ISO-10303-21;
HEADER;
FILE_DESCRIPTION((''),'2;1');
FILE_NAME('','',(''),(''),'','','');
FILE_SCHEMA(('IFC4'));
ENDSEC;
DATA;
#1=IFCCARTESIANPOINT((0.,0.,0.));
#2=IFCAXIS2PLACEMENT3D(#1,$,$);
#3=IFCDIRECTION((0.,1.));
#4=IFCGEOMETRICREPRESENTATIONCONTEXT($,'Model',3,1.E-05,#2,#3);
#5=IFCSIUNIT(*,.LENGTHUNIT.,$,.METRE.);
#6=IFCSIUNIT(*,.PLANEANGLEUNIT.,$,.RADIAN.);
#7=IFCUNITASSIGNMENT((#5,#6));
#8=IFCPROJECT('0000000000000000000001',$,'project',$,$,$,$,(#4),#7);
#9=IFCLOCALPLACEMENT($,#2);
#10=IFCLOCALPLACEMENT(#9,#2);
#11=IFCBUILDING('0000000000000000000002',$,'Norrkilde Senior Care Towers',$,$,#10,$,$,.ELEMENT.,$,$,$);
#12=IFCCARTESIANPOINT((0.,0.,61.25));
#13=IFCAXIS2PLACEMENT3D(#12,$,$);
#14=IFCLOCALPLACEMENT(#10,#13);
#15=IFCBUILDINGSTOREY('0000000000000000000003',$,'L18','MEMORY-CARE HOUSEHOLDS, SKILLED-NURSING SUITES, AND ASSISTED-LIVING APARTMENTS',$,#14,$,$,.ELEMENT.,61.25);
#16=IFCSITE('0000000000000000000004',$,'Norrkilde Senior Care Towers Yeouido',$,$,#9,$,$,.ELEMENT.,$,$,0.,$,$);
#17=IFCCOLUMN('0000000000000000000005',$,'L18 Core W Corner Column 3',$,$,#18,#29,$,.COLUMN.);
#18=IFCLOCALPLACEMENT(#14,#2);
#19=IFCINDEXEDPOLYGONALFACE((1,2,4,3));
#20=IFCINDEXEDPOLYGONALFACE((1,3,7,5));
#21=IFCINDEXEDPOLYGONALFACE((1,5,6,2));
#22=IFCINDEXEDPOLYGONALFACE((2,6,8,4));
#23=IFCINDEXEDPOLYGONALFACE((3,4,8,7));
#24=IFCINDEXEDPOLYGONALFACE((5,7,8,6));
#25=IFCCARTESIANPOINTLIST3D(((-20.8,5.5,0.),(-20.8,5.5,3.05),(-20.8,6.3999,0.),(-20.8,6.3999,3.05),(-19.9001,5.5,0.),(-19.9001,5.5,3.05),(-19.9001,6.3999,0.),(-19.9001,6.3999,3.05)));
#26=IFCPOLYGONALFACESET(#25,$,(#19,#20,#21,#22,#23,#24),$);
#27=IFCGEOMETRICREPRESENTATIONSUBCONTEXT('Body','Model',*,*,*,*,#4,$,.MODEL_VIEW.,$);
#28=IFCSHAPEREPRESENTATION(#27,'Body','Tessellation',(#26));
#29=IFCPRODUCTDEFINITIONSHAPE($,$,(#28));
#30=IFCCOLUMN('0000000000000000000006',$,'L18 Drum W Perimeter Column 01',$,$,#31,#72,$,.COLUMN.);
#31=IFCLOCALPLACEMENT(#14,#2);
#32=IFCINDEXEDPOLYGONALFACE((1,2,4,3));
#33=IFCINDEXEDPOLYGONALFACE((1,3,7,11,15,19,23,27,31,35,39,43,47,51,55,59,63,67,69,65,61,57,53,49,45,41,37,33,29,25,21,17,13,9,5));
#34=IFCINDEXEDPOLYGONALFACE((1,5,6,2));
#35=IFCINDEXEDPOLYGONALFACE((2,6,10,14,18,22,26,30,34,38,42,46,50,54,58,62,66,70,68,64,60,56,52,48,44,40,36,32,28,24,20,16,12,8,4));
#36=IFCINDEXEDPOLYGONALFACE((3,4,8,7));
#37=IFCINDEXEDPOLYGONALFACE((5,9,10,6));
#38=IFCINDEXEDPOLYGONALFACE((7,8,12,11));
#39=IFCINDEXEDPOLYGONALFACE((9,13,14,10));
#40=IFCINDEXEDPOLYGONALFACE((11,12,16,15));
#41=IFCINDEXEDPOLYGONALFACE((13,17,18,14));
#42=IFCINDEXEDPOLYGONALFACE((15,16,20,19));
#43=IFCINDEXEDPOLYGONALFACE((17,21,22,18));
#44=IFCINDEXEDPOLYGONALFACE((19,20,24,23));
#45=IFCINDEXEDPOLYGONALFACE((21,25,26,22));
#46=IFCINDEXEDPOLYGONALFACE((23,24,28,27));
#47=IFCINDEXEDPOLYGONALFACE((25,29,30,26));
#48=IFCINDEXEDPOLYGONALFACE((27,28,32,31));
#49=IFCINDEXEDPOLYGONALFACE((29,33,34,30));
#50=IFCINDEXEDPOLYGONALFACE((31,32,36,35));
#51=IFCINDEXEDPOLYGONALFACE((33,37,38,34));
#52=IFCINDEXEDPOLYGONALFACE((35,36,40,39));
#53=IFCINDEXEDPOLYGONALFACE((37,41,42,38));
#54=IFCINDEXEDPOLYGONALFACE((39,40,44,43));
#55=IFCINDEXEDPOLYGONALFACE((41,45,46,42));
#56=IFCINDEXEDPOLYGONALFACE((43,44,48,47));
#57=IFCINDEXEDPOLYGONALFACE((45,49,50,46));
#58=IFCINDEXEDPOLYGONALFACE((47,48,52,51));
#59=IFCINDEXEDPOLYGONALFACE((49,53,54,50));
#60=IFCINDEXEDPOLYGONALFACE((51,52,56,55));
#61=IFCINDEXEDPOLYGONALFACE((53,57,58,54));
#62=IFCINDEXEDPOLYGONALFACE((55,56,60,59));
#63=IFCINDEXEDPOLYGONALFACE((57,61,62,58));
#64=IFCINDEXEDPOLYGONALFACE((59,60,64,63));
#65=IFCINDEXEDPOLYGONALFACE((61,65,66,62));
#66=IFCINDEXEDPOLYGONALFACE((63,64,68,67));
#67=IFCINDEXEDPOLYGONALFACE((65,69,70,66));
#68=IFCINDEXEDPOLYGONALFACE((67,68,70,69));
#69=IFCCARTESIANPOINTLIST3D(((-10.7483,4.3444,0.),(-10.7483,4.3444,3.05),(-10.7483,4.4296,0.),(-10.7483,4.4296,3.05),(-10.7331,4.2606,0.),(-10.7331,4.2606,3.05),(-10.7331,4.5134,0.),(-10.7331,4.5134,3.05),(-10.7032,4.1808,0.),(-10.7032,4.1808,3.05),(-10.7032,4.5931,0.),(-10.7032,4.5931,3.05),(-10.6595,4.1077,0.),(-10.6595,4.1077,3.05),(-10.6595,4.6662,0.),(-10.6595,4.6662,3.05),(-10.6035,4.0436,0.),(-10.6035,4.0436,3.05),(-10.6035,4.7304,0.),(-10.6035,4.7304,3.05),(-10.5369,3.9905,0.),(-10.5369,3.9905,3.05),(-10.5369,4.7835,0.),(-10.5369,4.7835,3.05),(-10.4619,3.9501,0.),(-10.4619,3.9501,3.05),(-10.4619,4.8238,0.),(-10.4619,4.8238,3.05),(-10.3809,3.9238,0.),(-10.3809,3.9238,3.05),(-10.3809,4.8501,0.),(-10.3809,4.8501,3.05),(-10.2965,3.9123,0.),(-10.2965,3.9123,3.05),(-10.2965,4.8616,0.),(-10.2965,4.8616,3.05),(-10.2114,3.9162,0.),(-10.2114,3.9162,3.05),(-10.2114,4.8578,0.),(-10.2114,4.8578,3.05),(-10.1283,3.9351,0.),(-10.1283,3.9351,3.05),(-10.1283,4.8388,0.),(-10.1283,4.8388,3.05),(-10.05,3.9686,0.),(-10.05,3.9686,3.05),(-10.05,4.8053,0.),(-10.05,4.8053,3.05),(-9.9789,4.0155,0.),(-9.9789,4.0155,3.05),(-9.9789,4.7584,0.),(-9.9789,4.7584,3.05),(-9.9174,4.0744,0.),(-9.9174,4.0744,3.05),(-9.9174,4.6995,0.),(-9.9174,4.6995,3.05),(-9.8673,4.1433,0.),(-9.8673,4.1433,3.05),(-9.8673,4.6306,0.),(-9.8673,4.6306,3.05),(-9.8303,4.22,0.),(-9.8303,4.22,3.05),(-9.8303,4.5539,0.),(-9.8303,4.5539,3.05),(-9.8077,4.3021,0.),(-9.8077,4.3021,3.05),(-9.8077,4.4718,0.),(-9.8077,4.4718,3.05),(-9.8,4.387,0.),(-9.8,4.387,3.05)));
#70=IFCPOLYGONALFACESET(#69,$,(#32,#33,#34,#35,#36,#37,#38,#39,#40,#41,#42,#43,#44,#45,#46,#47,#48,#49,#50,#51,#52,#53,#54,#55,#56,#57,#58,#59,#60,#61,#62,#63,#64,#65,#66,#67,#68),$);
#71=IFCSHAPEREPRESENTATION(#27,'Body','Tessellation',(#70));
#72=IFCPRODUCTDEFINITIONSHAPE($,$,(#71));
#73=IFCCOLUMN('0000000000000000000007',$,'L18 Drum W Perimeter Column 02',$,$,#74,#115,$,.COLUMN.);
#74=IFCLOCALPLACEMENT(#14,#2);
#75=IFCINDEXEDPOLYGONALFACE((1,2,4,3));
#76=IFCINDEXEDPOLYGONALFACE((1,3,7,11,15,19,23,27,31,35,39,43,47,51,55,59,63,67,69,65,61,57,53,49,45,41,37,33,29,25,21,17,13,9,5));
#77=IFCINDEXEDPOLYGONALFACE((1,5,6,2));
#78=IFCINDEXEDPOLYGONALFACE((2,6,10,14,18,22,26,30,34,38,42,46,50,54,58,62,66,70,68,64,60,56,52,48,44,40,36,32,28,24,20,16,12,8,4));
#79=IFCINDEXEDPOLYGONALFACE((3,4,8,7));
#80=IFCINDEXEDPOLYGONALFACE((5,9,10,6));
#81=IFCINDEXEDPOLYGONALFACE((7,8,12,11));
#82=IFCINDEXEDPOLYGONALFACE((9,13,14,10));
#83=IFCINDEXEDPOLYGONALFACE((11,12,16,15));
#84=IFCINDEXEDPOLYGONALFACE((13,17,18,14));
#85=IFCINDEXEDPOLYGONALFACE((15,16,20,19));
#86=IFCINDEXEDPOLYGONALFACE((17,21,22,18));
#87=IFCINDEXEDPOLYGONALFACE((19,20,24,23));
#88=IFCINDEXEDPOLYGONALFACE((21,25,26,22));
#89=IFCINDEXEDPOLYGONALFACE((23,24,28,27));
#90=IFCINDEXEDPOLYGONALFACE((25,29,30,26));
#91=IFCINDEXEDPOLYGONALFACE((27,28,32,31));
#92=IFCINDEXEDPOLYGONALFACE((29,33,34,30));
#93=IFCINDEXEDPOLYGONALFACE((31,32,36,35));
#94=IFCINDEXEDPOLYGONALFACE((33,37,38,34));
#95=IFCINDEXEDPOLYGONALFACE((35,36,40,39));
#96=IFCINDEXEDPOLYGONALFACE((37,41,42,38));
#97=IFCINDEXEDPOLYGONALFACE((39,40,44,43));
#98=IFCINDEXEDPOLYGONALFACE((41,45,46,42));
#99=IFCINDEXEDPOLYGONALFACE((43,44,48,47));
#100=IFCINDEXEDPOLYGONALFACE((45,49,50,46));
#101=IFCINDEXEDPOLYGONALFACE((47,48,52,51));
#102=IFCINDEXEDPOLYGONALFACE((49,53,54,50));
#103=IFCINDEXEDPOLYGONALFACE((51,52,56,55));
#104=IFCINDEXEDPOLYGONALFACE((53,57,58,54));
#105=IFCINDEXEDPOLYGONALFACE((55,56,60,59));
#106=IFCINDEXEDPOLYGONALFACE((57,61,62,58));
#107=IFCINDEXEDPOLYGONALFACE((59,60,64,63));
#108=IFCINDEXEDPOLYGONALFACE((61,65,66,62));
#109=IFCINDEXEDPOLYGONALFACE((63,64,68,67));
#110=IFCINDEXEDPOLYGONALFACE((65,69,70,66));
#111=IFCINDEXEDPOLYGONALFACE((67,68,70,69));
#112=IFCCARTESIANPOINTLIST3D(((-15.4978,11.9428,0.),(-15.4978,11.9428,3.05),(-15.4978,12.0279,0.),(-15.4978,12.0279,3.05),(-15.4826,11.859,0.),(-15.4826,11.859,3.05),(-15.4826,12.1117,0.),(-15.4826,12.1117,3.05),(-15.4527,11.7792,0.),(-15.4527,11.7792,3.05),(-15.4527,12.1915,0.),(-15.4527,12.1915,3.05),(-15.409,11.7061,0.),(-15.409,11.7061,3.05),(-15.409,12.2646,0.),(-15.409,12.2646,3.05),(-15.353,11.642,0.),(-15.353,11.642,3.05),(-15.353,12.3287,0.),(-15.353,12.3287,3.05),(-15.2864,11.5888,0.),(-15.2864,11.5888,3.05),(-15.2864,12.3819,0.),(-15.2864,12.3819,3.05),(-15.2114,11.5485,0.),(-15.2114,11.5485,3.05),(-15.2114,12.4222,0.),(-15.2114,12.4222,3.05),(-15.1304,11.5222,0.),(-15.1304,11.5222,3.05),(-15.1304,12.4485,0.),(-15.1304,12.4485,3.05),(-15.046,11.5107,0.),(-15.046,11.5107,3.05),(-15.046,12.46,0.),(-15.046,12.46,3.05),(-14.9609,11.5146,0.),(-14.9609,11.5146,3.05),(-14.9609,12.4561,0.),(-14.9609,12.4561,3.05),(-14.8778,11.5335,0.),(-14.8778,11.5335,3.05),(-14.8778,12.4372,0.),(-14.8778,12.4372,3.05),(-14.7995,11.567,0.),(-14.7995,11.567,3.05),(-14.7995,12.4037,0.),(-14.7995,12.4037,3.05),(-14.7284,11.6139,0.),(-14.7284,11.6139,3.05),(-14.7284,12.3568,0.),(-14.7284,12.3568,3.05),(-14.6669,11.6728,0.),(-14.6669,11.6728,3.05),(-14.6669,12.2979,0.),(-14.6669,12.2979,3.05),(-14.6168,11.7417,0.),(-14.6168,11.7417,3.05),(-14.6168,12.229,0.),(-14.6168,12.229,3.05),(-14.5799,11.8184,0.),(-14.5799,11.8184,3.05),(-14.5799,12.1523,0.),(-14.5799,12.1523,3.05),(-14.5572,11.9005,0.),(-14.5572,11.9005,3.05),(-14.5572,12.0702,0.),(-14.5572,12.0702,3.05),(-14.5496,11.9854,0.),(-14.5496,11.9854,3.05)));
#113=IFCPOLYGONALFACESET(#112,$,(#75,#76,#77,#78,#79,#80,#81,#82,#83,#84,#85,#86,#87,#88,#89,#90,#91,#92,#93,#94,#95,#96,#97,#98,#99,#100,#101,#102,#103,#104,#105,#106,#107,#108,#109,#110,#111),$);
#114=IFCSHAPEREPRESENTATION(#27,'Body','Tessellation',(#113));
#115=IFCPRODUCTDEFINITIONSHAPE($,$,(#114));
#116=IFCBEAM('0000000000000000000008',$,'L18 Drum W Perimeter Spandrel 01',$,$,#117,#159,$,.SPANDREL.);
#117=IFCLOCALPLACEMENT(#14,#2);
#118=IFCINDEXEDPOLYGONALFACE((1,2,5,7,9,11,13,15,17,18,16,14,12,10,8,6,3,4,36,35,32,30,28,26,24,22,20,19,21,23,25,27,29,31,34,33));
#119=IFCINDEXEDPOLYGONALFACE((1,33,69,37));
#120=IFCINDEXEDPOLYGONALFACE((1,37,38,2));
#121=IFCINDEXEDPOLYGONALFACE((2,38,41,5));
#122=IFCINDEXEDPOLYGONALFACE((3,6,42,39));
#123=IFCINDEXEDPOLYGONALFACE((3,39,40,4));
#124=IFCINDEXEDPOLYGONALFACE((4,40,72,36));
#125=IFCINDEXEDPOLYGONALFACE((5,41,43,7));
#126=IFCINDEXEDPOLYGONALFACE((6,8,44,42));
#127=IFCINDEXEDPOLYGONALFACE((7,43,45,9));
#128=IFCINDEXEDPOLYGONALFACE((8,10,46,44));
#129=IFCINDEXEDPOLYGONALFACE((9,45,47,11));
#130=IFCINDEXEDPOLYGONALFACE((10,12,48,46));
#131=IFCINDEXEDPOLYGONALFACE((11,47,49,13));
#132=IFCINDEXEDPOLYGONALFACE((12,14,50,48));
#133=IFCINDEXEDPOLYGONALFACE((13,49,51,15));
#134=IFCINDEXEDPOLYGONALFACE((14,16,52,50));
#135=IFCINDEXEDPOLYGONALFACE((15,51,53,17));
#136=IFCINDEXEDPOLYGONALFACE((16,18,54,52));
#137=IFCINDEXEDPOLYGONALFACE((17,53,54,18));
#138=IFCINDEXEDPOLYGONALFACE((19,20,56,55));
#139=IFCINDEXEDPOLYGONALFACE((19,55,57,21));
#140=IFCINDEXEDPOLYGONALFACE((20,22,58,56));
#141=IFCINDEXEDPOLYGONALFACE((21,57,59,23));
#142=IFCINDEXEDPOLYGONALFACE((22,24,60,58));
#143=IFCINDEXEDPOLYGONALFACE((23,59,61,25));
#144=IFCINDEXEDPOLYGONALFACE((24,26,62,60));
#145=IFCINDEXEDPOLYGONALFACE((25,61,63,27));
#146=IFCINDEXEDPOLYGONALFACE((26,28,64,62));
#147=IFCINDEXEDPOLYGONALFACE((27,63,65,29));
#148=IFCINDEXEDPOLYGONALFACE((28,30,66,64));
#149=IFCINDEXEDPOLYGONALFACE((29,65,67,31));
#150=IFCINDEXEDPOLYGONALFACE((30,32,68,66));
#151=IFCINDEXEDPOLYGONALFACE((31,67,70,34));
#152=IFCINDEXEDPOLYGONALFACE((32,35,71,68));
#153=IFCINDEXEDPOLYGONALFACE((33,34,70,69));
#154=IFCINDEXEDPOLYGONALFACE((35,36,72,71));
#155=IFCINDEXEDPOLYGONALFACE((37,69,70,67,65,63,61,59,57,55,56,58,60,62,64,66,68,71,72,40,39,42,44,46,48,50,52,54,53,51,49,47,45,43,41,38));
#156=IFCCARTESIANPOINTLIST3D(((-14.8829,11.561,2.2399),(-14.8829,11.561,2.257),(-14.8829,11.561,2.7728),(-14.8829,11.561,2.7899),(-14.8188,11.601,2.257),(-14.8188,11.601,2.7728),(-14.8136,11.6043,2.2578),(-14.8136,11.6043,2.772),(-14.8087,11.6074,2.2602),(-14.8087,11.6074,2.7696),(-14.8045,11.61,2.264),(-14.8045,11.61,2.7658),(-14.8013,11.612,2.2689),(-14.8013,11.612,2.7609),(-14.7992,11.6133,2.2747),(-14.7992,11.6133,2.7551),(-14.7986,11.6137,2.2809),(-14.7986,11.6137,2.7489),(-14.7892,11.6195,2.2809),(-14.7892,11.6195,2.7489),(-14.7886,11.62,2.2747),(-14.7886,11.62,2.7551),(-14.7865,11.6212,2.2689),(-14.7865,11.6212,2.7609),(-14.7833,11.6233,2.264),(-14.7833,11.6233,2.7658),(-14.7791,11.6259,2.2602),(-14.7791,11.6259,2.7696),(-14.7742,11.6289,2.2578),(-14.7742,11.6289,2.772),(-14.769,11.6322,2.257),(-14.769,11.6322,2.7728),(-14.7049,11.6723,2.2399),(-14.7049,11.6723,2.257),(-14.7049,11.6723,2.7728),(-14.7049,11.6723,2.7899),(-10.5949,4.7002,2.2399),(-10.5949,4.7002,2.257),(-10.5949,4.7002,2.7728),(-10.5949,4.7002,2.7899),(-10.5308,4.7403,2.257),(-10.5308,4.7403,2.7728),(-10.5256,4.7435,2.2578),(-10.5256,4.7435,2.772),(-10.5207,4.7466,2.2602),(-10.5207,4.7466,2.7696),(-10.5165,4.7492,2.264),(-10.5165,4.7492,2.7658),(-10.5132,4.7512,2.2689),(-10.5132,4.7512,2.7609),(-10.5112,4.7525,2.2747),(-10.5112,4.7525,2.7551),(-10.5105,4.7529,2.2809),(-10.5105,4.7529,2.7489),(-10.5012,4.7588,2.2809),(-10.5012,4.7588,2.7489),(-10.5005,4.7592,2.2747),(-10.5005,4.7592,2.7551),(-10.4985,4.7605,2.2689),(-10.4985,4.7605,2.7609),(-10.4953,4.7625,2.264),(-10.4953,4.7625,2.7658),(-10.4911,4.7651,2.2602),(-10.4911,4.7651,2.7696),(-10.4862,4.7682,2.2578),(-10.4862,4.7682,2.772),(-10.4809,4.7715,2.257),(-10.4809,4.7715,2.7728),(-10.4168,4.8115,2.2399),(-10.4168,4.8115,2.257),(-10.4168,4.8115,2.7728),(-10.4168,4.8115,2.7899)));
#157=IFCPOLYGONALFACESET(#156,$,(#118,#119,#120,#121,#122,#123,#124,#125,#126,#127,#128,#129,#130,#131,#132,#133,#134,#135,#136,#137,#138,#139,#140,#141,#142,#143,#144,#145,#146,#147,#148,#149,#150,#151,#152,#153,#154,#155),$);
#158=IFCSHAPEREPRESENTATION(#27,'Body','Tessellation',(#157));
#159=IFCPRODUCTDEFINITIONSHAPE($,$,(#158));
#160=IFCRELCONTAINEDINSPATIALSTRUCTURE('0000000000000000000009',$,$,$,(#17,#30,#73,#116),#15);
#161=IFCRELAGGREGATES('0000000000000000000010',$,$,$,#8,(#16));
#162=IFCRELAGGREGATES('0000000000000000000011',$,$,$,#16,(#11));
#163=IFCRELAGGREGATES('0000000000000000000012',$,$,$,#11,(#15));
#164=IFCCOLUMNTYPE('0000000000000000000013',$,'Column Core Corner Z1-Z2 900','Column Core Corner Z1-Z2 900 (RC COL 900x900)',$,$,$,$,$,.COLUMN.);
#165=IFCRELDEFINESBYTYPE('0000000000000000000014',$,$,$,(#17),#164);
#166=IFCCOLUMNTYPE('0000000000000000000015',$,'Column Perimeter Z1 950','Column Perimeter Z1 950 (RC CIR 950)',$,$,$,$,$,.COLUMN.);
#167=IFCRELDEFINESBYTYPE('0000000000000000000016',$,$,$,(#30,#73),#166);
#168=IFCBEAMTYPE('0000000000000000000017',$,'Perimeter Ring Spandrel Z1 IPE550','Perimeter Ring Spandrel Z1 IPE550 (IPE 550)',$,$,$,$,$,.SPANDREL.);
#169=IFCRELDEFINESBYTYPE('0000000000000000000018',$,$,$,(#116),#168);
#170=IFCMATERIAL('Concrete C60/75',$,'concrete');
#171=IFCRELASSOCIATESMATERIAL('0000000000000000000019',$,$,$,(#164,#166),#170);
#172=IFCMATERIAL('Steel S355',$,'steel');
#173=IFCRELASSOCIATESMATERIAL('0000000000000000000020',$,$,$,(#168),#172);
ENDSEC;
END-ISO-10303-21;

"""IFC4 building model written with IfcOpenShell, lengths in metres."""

from ifc_helpers import new_model, si_unit, direction, frame, origin, origin_2d, place, context, subcontext, project, spatial, rectangle, circle, i_section, extrude, source, transform, mapped, material, material_profile, profile_set, type_object, type_shapes, element, save


model = new_model("IFC4")

# Units and contexts
model_context = context("Model", 3, precision=1e-05, world=origin(), true_north=direction((0.0, 1.0)))
body_context = subcontext(model_context, "Body", "Model", "MODEL_VIEW")
ifc_project = project(units=[si_unit("LENGTHUNIT", "METRE"), si_unit("PLANEANGLEUNIT", "RADIAN")], contexts=[model_context])

# Site, building, storey
site_placement = place(None, origin())
site = spatial("IfcSite", under=ifc_project, at=site_placement, Name="Norrkilde Senior Care Towers Yeouido", CompositionType="ELEMENT", RefElevation=0.0)
building_placement = place(site_placement, origin())
building = spatial("IfcBuilding", under=site, at=building_placement, Name="Norrkilde Senior Care Towers", CompositionType="ELEMENT")
storey_placement = place(building_placement, frame((0.0, 0.0, 61.25)))
storey = spatial("IfcBuildingStorey", under=building, at=storey_placement, Name="L18", Description="MEMORY-CARE HOUSEHOLDS, SKILLED-NURSING SUITES, AND ASSISTED-LIVING APARTMENTS", CompositionType="ELEMENT", Elevation=61.25)

# Columns
ifc_material_1 = material(Name="Concrete C60/75", Category="concrete")
ifc_material_profile_1 = material_profile(ifc_material_1, rectangle(XDim=0.8999, YDim=0.8999, at=origin_2d()), Name="RC COL 900x900")
ifc_profile_set_1 = profile_set([ifc_material_profile_1], Name="Concrete C60/75")
column_type_1 = type_object("IfcColumnType", Name="Column Core Corner Z1-Z2 900", Description="Column Core Corner Z1-Z2 900 (RC COL 900x900)", PredefinedType="COLUMN", material=ifc_profile_set_1)
shared_shape_1 = source(origin(), body_context, "Body", "SweptSolid", [
    extrude(rectangle(XDim=0.8999, YDim=0.8999, at=origin_2d()), origin(), (0.0, 0.0, 1.0), 3.05),
])
type_shapes(column_type_1, [shared_shape_1])
column_placement = place(storey_placement, frame((-20.3501, 5.95, 0.0), z_axis=(0.0, 0.0, 1.0), x_axis=(1.0, 0.0, 0.0)))
element("IfcColumn", 1, at=column_placement, inside=storey, type_object=column_type_1, Name="L18 Core W Corner Column 3", PredefinedType="COLUMN", context=body_context, shape_type="MappedRepresentation", body=[
    mapped(shared_shape_1, transform((0.0, 0.0, 0.0), x_axis=(1.0, 0.0, 0.0), y_axis=(0.0, 1.0, 0.0), z_axis=(0.0, 0.0, 1.0), scale=1.0)),
])
ifc_material_profile_2 = material_profile(ifc_material_1, circle(Radius=0.4751, at=origin_2d()), Name="RC CIR 950")
ifc_profile_set_2 = profile_set([ifc_material_profile_2], Name="Concrete C60/75")
column_type_2 = type_object("IfcColumnType", Name="Column Perimeter Z1 950", Description="Column Perimeter Z1 950 (RC CIR 950)", PredefinedType="COLUMN", material=ifc_profile_set_2)
shared_shape_2 = source(origin(), body_context, "Body", "SweptSolid", [
    extrude(circle(Radius=0.4751, at=origin_2d()), origin(), (0.0, 0.0, 1.0), 3.05),
])
type_shapes(column_type_2, [shared_shape_2])
for number, where, z_axis, x_axis, name in (
    (2, (-10.2751, 4.387, 0.0), (0.0, 0.0, 1.0), (1.0, 0.0, 0.0), "L18 Drum W Perimeter Column 01"),
    (3, (-15.0247, 11.9854, 0.0), (0.0, 0.0, 1.0), (1.0, 0.0, 0.0), "L18 Drum W Perimeter Column 02"),
):
    element("IfcColumn", number, at=place(storey_placement, frame(where, z_axis=z_axis, x_axis=x_axis)), inside=storey, type_object=column_type_2, Name=name, PredefinedType="COLUMN", context=body_context, shape_type="MappedRepresentation", body=[
        mapped(shared_shape_2, transform((0.0, 0.0, 0.0), x_axis=(1.0, 0.0, 0.0), y_axis=(0.0, 1.0, 0.0), z_axis=(0.0, 0.0, 1.0), scale=1.0)),
    ])

# Beam
ifc_material_2 = material(Name="Steel S355", Category="steel")
ifc_material_profile_3 = material_profile(ifc_material_2, i_section(OverallWidth=0.21, OverallDepth=0.55, WebThickness=0.011, FlangeThickness=0.0171, FilletRadius=0.0239, at=origin_2d()), Name="IPE 550")
ifc_profile_set_3 = profile_set([ifc_material_profile_3], Name="Steel S355")
beam_type_1 = type_object("IfcBeamType", Name="Perimeter Ring Spandrel Z1 IPE550", Description="Perimeter Ring Spandrel Z1 IPE550 (IPE 550)", PredefinedType="SPANDREL", material=ifc_profile_set_3)
shared_shape_3 = source(origin(), body_context, "Body", "SweptSolid", [
    extrude(i_section(OverallWidth=0.21, OverallDepth=0.55, WebThickness=0.011, FlangeThickness=0.0171, FilletRadius=0.0239, at=origin_2d()), origin(), (0.0, 0.0, 1.0), 8.0906),
])
beam_1_placement = place(storey_placement, frame((-10.5059, 4.7559, 2.5149), z_axis=(-0.530004, 0.847995, 0.0), x_axis=(-0.847995, -0.530004, 0.0)))
element("IfcBeam", 4, at=beam_1_placement, inside=storey, type_object=beam_type_1, Name="L18 Drum W Perimeter Spandrel 01", PredefinedType="SPANDREL", context=body_context, shape_type="MappedRepresentation", body=[
    mapped(shared_shape_3, transform((0.0, 0.0, 0.0), x_axis=(1.0, 0.0, 0.0), y_axis=(0.0, 1.0, 0.0), z_axis=(0.0, 0.0, 1.0), scale=1.0)),
])

save(model, "model.ifc")
